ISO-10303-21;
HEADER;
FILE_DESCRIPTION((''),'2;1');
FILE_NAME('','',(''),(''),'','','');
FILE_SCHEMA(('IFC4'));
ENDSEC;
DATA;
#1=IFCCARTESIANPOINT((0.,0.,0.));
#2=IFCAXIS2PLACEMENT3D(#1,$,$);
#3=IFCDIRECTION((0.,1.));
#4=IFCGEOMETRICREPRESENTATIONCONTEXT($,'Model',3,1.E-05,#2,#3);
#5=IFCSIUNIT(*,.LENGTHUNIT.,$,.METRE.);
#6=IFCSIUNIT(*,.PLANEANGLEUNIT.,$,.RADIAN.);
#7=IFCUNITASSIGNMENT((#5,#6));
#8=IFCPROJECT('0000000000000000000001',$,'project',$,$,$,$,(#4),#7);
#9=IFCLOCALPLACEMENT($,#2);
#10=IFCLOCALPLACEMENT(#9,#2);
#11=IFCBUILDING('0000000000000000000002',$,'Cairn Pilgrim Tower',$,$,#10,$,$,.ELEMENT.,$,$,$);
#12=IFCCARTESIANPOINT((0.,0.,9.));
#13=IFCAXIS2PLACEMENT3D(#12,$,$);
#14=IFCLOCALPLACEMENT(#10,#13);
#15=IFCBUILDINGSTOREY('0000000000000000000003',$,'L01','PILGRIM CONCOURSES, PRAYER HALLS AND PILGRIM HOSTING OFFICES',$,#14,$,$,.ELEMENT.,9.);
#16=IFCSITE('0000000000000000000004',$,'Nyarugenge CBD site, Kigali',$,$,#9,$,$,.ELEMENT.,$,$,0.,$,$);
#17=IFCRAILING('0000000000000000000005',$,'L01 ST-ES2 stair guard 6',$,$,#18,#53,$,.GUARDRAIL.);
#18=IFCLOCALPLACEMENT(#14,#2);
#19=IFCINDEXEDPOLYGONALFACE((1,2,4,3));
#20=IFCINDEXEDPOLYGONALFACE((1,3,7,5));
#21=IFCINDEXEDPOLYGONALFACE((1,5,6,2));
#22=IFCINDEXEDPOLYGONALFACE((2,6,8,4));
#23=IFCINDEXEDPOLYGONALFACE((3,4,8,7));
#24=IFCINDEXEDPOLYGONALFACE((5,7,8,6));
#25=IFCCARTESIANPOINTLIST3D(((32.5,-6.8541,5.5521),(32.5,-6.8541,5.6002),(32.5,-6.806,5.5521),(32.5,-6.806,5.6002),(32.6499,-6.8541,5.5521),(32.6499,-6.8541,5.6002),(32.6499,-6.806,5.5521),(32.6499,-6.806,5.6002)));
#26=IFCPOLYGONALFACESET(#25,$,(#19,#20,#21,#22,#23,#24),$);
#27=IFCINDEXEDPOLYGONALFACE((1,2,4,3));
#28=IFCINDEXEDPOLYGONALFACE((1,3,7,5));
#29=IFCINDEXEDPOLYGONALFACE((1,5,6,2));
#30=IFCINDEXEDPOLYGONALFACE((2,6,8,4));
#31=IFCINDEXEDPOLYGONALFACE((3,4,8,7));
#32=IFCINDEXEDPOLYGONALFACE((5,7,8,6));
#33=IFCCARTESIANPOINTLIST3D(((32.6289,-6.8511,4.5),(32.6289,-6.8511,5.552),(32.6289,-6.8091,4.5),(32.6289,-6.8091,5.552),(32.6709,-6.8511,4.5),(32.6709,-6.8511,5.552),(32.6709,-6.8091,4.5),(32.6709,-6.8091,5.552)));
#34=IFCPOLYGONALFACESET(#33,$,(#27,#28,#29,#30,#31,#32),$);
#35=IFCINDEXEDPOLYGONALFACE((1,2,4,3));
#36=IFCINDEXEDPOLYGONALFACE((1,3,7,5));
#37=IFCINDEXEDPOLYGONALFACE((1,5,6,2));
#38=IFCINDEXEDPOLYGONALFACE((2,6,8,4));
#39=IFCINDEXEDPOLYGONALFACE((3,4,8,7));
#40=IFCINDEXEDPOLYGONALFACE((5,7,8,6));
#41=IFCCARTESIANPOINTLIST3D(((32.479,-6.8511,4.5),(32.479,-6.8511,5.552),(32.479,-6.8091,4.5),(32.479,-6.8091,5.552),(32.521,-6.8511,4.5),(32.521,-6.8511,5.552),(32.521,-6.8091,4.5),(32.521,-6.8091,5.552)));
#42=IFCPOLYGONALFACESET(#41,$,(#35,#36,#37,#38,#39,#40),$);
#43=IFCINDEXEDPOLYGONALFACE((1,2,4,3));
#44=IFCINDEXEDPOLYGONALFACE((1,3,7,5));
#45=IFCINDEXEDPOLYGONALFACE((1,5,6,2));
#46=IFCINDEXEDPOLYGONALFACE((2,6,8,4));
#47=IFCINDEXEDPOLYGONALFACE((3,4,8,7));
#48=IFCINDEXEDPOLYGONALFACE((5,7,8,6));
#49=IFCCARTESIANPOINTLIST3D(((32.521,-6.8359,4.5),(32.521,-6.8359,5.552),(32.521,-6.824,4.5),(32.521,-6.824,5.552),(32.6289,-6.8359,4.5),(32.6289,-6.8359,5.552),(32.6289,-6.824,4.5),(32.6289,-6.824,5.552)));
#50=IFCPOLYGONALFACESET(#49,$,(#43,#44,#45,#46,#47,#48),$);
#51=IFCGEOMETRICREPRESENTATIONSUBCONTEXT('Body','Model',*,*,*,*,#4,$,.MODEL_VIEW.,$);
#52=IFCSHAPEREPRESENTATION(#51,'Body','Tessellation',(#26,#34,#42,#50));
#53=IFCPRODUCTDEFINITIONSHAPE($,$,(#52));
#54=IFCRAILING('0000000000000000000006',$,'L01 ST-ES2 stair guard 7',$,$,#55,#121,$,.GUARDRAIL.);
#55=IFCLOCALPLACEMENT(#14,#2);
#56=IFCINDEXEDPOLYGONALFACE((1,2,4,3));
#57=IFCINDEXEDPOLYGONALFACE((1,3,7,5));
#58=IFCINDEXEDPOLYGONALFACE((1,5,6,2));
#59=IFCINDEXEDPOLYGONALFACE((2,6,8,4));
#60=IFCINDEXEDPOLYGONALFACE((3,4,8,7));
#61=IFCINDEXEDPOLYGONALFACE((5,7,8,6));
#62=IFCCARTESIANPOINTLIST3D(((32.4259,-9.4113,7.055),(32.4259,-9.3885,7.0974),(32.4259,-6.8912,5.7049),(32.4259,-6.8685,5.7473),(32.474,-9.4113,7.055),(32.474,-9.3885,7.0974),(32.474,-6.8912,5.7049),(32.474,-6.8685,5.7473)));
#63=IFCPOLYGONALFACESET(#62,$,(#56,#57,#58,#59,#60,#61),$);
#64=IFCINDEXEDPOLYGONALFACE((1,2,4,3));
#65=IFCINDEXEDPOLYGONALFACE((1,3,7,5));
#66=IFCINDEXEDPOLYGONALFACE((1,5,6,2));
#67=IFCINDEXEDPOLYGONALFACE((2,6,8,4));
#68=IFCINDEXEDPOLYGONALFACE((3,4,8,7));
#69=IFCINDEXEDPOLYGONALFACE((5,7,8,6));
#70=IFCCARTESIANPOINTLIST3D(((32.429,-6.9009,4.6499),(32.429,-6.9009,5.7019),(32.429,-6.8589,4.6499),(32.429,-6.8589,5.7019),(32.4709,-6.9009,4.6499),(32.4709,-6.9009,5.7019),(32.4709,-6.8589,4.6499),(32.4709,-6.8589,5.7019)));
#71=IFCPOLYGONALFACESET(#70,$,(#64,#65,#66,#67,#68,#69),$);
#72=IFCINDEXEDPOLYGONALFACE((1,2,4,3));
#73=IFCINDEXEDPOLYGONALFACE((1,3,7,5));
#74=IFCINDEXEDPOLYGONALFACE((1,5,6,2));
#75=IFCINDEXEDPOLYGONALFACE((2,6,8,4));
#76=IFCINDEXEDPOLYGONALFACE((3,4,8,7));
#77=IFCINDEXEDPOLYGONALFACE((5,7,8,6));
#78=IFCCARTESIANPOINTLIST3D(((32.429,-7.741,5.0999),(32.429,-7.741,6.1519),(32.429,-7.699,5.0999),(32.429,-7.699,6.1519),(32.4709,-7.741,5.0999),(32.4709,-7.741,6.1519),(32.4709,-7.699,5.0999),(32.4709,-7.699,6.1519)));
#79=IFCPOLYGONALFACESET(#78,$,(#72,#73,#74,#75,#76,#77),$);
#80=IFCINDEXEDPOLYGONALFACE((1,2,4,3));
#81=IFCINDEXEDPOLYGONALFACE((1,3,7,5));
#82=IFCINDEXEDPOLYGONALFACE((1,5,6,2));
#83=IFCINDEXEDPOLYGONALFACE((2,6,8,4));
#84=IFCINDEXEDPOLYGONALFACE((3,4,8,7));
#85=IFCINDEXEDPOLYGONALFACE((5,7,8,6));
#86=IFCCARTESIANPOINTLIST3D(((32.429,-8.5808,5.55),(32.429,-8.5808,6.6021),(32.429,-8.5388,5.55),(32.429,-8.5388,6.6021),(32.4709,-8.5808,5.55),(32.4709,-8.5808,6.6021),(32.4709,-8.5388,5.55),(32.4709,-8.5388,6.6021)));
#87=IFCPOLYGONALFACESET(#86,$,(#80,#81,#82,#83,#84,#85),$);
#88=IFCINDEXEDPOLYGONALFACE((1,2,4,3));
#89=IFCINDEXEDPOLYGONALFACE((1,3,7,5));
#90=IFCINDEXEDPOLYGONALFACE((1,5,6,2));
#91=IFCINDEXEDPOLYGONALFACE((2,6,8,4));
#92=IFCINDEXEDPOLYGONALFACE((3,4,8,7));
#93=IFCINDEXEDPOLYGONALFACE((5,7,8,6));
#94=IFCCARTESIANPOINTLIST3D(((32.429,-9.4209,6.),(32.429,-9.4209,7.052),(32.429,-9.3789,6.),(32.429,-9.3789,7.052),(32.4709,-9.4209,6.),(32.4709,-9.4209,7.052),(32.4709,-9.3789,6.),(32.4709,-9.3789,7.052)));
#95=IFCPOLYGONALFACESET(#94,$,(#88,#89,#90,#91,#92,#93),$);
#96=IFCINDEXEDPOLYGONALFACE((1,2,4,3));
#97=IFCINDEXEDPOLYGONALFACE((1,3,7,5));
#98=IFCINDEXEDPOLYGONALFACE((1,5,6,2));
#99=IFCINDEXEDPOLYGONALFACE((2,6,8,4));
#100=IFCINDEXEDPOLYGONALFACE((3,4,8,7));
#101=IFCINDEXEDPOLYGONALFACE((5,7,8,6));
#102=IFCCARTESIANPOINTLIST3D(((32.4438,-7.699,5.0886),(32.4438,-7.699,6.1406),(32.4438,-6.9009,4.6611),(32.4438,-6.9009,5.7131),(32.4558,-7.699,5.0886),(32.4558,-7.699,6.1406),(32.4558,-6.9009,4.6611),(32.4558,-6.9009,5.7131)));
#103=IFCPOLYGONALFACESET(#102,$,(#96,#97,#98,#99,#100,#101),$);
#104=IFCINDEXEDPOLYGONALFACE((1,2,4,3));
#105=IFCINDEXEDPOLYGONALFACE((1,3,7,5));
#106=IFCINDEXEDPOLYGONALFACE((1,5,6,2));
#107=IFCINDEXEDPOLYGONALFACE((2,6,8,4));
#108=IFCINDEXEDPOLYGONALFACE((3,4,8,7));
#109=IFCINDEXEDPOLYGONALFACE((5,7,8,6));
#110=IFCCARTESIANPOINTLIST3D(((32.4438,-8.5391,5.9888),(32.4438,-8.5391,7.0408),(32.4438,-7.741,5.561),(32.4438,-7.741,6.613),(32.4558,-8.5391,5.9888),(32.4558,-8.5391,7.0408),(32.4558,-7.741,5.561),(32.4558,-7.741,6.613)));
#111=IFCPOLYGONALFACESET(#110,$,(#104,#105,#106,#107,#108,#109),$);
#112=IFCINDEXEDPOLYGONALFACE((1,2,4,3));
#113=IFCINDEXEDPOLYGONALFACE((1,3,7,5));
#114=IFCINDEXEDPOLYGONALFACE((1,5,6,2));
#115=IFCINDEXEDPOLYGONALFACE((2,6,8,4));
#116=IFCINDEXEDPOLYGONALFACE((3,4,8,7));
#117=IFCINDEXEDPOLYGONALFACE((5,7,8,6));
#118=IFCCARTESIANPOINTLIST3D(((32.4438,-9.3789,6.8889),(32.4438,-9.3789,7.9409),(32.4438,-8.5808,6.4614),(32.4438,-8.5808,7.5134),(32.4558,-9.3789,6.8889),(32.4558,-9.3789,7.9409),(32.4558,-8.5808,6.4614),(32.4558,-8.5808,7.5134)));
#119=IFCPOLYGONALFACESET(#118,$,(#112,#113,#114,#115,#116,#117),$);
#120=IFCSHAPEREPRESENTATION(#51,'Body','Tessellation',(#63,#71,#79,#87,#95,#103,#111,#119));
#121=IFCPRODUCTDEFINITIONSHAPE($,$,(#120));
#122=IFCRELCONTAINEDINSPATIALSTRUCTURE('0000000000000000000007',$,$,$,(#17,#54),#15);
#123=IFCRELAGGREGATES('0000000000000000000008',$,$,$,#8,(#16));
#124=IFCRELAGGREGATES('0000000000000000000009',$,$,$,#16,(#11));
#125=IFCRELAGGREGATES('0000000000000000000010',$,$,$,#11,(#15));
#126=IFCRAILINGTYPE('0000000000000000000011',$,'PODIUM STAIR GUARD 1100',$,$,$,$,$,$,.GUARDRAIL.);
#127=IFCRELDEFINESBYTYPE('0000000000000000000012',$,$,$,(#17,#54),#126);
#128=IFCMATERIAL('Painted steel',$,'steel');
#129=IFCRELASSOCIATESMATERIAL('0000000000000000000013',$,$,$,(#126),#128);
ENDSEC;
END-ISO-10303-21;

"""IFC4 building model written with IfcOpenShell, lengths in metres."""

from ifc_helpers import new_model, si_unit, direction, frame, origin, origin_2d, place, context, subcontext, project, spatial, polyline, rectangle, outline, extrude, material, type_object, element, save


model = new_model("IFC4")

# Units and contexts
model_context = context("Model", 3, precision=1e-05, world=origin(), true_north=direction((0.0, 1.0)))
body_context = subcontext(model_context, "Body", "Model", "MODEL_VIEW")
ifc_project = project(units=[si_unit("LENGTHUNIT", "METRE"), si_unit("PLANEANGLEUNIT", "RADIAN")], contexts=[model_context])

# Site, building, storey
site_placement = place(None, origin())
site = spatial("IfcSite", under=ifc_project, at=site_placement, Name="Nyarugenge CBD site, Kigali", CompositionType="ELEMENT", RefElevation=0.0)
building_placement = place(site_placement, origin())
building = spatial("IfcBuilding", under=site, at=building_placement, Name="Cairn Pilgrim Tower", CompositionType="ELEMENT")
storey_placement = place(building_placement, frame((0.0, 0.0, 9.0)))
storey = spatial("IfcBuildingStorey", under=building, at=storey_placement, Name="L01", Description="PILGRIM CONCOURSES, PRAYER HALLS AND PILGRIM HOSTING OFFICES", CompositionType="ELEMENT", Elevation=9.0)

# Railings
ifc_material_1 = material(Name="Painted steel", Category="steel")
railing_type = type_object("IfcRailingType", Name="PODIUM STAIR GUARD 1100", PredefinedType="GUARDRAIL", material=ifc_material_1)
railing_1_placement = place(storey_placement, frame((32.6499, -6.8301, 4.5)))
element("IfcRailing", 1, at=railing_1_placement, inside=storey, type_object=railing_type, Name="L01 ST-ES2 stair guard 6", PredefinedType="GUARDRAIL", context=body_context, shape_type="SweptSolid", body=[
    extrude(rectangle(XDim=0.0481, YDim=0.0481, at=origin_2d()), frame((0.0, 0.0, 1.0762), z_axis=(-1.0, 0.0, 0.0), x_axis=(0.0, -1.0, 0.0)), (0.0, 0.0, 1.0), 0.1499),
    extrude(rectangle(XDim=0.042, YDim=0.042, at=origin_2d()), origin(), (0.0, 0.0, 1.0), 1.052),
    extrude(rectangle(XDim=0.042, YDim=0.042, at=origin_2d()), frame((-0.1499, 0.0, 0.0)), (0.0, 0.0, 1.0), 1.052),
    extrude(outline(polyline([(0.021, 0.0), (0.1289, 0.0), (0.1289, 1.052), (0.021, 1.052), (0.021, 0.0)])), frame((0.0, -0.0059, 0.0), z_axis=(0.0, 1.0, 0.0), x_axis=(-1.0, 0.0, 0.0)), (0.0, 0.0, 1.0), 0.012),
])
railing_2_placement = place(storey_placement, frame((32.45, -6.8799, 4.6499)))
element("IfcRailing", 2, at=railing_2_placement, inside=storey, type_object=railing_type, Name="L01 ST-ES2 stair guard 7", PredefinedType="GUARDRAIL", context=body_context, shape_type="SweptSolid", body=[
    extrude(rectangle(XDim=0.0481, YDim=0.0481, at=origin_2d()), frame((0.0, 0.0, 1.0762), z_axis=(0.0, -0.881467, 0.472245), x_axis=(1.0, 0.0, 0.0)), (0.0, 0.0, 1.0), 2.8589),
    extrude(rectangle(XDim=0.042, YDim=0.042, at=origin_2d()), origin(), (0.0, 0.0, 1.0), 1.052),
    extrude(rectangle(XDim=0.042, YDim=0.042, at=origin_2d()), frame((0.0, -0.8401, 0.45)), (0.0, 0.0, 1.0), 1.052),
    extrude(rectangle(XDim=0.042, YDim=0.042, at=origin_2d()), frame((0.0, -1.6799, 0.9001)), (0.0, 0.0, 1.0), 1.052),
    extrude(rectangle(XDim=0.042, YDim=0.042, at=origin_2d()), frame((0.0, -2.52, 1.3501)), (0.0, 0.0, 1.0), 1.052),
    extrude(outline(polyline([(0.021, 0.0112), (0.8191, 0.4387), (0.8191, 1.4907), (0.021, 1.0632), (0.021, 0.0112)])), frame((0.0059, 0.0, 0.0), z_axis=(-1.0, 0.0, 0.0), x_axis=(0.0, -1.0, 0.0)), (0.0, 0.0, 1.0), 0.012),
    extrude(outline(polyline([(0.021, 0.4612), (0.8191, 0.8889), (0.8191, 1.9409), (0.021, 1.5132), (0.021, 0.4612)])), frame((0.0059, -0.8401, 0.45), z_axis=(-1.0, 0.0, 0.0), x_axis=(0.0, -1.0, 0.0)), (0.0, 0.0, 1.0), 0.012),
    extrude(outline(polyline([(0.021, 0.9114), (0.8191, 1.3389), (0.8191, 2.3909), (0.021, 1.9634), (0.021, 0.9114)])), frame((0.0059, -1.6799, 0.9001), z_axis=(-1.0, 0.0, 0.0), x_axis=(0.0, -1.0, 0.0)), (0.0, 0.0, 1.0), 0.012),
])

save(model, "model.ifc")
